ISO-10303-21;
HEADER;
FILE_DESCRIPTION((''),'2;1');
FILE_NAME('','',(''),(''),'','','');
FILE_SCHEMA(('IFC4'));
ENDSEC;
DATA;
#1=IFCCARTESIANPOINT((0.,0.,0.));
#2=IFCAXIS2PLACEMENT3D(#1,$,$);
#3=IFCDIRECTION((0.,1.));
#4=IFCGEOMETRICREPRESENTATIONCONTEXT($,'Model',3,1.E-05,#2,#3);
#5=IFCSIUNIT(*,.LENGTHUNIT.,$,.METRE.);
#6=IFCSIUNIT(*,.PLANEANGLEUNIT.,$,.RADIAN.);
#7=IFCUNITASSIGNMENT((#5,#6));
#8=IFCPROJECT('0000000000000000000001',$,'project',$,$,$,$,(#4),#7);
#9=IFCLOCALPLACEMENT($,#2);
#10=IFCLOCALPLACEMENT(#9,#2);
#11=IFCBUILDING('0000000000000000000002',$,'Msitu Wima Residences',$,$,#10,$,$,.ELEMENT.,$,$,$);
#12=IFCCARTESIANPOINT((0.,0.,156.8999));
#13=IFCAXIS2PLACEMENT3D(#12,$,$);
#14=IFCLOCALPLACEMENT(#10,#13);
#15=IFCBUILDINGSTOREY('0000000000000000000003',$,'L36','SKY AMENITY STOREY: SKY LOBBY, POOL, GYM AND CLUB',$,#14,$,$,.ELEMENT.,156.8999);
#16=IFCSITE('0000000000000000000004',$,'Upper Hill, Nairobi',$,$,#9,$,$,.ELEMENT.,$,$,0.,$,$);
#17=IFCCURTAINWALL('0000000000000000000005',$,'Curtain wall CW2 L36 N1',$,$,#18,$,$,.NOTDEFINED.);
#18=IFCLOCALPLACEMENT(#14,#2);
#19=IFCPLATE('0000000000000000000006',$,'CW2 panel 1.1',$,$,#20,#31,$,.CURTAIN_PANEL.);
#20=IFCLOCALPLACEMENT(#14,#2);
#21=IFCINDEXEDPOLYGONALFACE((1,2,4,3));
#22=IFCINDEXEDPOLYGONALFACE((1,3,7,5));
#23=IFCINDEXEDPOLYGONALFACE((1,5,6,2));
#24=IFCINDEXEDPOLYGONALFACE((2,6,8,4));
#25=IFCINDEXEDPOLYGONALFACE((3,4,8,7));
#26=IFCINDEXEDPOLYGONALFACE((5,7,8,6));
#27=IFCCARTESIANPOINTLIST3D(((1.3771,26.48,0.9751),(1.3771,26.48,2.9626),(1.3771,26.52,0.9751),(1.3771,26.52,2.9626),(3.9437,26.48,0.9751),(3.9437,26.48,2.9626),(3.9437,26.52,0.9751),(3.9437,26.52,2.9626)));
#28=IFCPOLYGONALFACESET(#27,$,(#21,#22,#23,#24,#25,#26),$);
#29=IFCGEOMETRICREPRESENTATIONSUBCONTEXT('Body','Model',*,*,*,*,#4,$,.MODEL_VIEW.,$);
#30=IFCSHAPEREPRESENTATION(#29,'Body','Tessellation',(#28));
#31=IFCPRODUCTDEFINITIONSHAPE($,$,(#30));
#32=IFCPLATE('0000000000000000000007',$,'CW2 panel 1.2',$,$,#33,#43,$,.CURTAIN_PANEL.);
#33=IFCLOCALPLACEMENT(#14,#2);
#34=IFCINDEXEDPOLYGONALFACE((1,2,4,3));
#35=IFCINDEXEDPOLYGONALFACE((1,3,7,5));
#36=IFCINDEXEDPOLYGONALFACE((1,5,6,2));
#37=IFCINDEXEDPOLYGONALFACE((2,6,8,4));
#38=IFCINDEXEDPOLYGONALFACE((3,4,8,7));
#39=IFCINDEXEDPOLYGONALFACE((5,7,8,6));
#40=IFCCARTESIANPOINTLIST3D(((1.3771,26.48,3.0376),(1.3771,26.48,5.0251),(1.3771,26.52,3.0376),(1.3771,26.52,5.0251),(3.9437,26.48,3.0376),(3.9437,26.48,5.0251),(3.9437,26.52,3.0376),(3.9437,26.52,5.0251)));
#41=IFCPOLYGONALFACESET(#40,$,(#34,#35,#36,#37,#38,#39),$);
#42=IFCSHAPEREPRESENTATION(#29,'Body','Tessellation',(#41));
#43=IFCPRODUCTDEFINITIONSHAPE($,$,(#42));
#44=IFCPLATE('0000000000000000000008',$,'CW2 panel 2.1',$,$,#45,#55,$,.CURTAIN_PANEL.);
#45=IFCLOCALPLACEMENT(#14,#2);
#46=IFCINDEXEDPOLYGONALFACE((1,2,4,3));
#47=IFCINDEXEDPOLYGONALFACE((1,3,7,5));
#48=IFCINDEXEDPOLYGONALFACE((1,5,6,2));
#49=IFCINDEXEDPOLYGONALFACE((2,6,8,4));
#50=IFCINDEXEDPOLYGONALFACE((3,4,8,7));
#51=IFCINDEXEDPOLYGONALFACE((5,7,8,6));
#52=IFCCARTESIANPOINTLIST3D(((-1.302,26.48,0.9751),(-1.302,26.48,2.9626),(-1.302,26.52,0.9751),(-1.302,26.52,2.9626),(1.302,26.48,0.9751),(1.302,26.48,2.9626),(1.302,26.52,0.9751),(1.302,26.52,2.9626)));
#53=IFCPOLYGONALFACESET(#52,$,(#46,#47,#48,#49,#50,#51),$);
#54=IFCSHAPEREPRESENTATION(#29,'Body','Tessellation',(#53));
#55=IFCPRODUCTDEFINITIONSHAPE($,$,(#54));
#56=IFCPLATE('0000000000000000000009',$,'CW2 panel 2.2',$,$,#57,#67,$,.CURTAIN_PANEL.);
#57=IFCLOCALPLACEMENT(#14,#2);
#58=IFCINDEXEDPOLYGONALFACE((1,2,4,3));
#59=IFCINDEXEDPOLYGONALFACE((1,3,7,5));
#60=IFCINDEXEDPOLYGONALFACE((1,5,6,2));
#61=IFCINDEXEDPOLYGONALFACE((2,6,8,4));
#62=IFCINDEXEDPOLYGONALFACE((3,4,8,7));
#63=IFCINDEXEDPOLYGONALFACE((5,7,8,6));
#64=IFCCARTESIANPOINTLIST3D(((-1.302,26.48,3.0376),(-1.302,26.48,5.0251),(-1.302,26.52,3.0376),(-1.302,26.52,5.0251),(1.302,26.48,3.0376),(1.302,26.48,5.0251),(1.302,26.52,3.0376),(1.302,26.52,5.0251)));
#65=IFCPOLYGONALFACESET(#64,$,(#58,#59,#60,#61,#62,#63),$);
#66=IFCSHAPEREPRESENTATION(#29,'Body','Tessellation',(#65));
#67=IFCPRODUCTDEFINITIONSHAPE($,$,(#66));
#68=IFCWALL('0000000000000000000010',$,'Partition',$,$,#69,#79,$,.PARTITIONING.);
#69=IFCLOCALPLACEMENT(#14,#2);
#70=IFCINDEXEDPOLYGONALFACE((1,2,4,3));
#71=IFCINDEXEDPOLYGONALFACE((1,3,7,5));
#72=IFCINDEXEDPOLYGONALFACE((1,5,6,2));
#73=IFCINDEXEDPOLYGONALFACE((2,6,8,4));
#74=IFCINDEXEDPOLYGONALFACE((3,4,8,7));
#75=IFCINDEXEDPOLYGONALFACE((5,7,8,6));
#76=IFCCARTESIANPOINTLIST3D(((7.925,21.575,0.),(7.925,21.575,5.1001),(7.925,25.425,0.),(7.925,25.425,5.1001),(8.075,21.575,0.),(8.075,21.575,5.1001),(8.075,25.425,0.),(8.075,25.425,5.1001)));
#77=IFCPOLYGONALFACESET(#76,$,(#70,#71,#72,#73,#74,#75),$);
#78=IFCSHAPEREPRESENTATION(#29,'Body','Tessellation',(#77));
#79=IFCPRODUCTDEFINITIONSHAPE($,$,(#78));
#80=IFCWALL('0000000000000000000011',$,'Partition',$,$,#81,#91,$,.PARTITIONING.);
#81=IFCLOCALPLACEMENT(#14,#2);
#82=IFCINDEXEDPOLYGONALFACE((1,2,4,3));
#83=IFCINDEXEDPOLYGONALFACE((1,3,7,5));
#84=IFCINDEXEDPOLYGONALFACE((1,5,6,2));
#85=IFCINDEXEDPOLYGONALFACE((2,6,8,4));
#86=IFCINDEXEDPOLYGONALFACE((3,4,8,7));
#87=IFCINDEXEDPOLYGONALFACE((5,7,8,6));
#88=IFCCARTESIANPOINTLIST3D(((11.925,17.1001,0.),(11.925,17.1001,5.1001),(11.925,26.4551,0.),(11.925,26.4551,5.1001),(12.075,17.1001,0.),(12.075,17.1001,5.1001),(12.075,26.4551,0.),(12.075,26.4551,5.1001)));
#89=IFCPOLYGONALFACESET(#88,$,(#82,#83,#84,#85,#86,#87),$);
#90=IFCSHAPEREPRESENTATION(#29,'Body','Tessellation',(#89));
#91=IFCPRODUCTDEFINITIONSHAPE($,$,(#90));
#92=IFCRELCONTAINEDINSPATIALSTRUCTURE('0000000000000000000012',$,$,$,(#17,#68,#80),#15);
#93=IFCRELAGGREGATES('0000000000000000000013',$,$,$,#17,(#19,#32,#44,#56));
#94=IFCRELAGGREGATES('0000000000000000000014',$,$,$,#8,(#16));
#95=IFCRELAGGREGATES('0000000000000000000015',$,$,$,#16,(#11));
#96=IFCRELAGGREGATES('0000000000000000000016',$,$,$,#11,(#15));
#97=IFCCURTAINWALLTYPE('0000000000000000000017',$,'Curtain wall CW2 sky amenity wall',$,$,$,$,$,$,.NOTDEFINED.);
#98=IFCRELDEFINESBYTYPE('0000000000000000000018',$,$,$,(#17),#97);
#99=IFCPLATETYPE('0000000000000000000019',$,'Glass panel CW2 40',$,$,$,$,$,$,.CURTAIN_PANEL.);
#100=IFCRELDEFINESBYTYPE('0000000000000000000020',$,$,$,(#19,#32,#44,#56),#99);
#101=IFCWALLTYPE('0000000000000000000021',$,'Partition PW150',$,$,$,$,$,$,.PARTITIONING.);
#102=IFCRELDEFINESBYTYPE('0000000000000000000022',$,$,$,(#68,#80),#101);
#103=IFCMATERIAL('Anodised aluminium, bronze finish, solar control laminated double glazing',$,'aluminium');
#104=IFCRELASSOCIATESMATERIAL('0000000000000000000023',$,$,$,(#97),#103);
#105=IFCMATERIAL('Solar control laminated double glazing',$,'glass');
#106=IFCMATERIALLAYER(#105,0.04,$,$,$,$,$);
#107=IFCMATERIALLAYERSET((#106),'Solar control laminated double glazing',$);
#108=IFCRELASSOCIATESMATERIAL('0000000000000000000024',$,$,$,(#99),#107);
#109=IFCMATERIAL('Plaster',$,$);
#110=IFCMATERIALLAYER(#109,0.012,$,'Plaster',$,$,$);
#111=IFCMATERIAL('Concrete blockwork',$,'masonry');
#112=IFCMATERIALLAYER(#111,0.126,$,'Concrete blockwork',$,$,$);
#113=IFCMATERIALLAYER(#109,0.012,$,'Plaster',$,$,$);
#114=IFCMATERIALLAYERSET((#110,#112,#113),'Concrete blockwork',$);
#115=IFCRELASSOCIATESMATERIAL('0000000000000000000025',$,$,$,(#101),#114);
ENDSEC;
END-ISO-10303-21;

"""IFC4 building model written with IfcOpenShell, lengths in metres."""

from ifc_helpers import new_model, si_unit, direction, frame, frame_2d, origin, origin_2d, place, context, subcontext, project, spatial, rectangle, extrude, material, layer, layer_set, type_object, element, aggregate, save


model = new_model("IFC4")

# Units and contexts
model_context = context("Model", 3, precision=1e-05, world=origin(), true_north=direction((0.0, 1.0)))
body_context = subcontext(model_context, "Body", "Model", "MODEL_VIEW")
ifc_project = project(units=[si_unit("LENGTHUNIT", "METRE"), si_unit("PLANEANGLEUNIT", "RADIAN")], contexts=[model_context])

# Site, building, storey
site_placement = place(None, origin())
site = spatial("IfcSite", under=ifc_project, at=site_placement, Name="Upper Hill, Nairobi", CompositionType="ELEMENT", RefElevation=0.0)
building_placement = place(site_placement, origin())
building = spatial("IfcBuilding", under=site, at=building_placement, Name="Msitu Wima Residences", CompositionType="ELEMENT")
storey_placement = place(building_placement, frame((0.0, 0.0, 156.8999)))
storey = spatial("IfcBuildingStorey", under=building, at=storey_placement, Name="L36", Description="SKY AMENITY STOREY: SKY LOBBY, POOL, GYM AND CLUB", CompositionType="ELEMENT", Elevation=156.8999)

# Curtain wall
ifc_material_1 = material(Name="Anodised aluminium, bronze finish, solar control laminated double glazing", Category="aluminium")
curtain_wall_type = type_object("IfcCurtainWallType", Name="Curtain wall CW2 sky amenity wall", PredefinedType="NOTDEFINED", material=ifc_material_1)
curtain_wall_1_placement = place(storey_placement, origin())
curtain_wall_1 = element("IfcCurtainWall", 1, at=curtain_wall_1_placement, inside=storey, type_object=curtain_wall_type, Name="Curtain wall CW2 L36 N1", PredefinedType="NOTDEFINED")

# Plates
ifc_material_2 = material(Name="Solar control laminated double glazing", Category="glass")
ifc_layer_1 = layer(ifc_material_2, 0.04)
ifc_layer_set_1 = layer_set([ifc_layer_1], Name="Solar control laminated double glazing")
plate_type = type_object("IfcPlateType", Name="Glass panel CW2 40", PredefinedType="CURTAIN_PANEL", material=ifc_layer_set_1)
plate_1_placement = place(storey_placement, frame((2.6604, 26.5, 0.9751), z_axis=(0.0, 0.0, 1.0), x_axis=(-1.0, 0.0, 0.0)))
plate_1 = element("IfcPlate", 2, at=plate_1_placement, type_object=plate_type, Name="CW2 panel 1.1", PredefinedType="CURTAIN_PANEL", context=body_context, shape_type="SweptSolid", body=[
    extrude(rectangle(XDim=2.5667, YDim=0.04, at=origin_2d()), origin(), (0.0, 0.0, 1.0), 1.9875),
])
plate_2_placement = place(storey_placement, frame((2.6604, 26.5, 3.0376), z_axis=(0.0, 0.0, 1.0), x_axis=(-1.0, 0.0, 0.0)))
plate_2 = element("IfcPlate", 3, at=plate_2_placement, type_object=plate_type, Name="CW2 panel 1.2", PredefinedType="CURTAIN_PANEL", context=body_context, shape_type="SweptSolid", body=[
    extrude(rectangle(XDim=2.5667, YDim=0.04, at=origin_2d()), origin(), (0.0, 0.0, 1.0), 1.9875),
])
plate_3_placement = place(storey_placement, frame((0.0, 26.5, 0.9751), z_axis=(0.0, 0.0, 1.0), x_axis=(-1.0, 0.0, 0.0)))
plate_3 = element("IfcPlate", 4, at=plate_3_placement, type_object=plate_type, Name="CW2 panel 2.1", PredefinedType="CURTAIN_PANEL", context=body_context, shape_type="SweptSolid", body=[
    extrude(rectangle(XDim=2.604, YDim=0.04, at=origin_2d()), origin(), (0.0, 0.0, 1.0), 1.9875),
])
plate_4_placement = place(storey_placement, frame((0.0, 26.5, 3.0376), z_axis=(0.0, 0.0, 1.0), x_axis=(-1.0, 0.0, 0.0)))
plate_4 = element("IfcPlate", 5, at=plate_4_placement, type_object=plate_type, Name="CW2 panel 2.2", PredefinedType="CURTAIN_PANEL", context=body_context, shape_type="SweptSolid", body=[
    extrude(rectangle(XDim=2.604, YDim=0.04, at=origin_2d()), origin(), (0.0, 0.0, 1.0), 1.9875),
])
aggregate(curtain_wall_1, [plate_1, plate_2, plate_3, plate_4])

# Walls
ifc_material_3 = material(Name="Plaster")
ifc_layer_2 = layer(ifc_material_3, 0.012, Name="Plaster")
ifc_material_4 = material(Name="Concrete blockwork", Category="masonry")
ifc_layer_3 = layer(ifc_material_4, 0.126, Name="Concrete blockwork")
ifc_layer_4 = layer(ifc_material_3, 0.012, Name="Plaster")
ifc_layer_set_2 = layer_set([ifc_layer_2, ifc_layer_3, ifc_layer_4], Name="Concrete blockwork")
wall_type = type_object("IfcWallType", Name="Partition PW150", PredefinedType="PARTITIONING", material=ifc_layer_set_2)
wall_1_placement = place(storey_placement, frame((8.0, 21.575, 0.0), z_axis=(0.0, 0.0, 1.0), x_axis=(0.0, 1.0, 0.0)))
element("IfcWall", 6, at=wall_1_placement, inside=storey, type_object=wall_type, Name="Partition", PredefinedType="PARTITIONING", context=body_context, shape_type="SweptSolid", body=[
    extrude(rectangle(XDim=3.8501, YDim=0.1499, at=frame_2d((1.925, 0.0))), origin(), (0.0, 0.0, 1.0), 5.1001),
])
wall_2_placement = place(storey_placement, frame((12.0, 17.1001, 0.0), z_axis=(0.0, 0.0, 1.0), x_axis=(0.0, 1.0, 0.0)))
element("IfcWall", 7, at=wall_2_placement, inside=storey, type_object=wall_type, Name="Partition", PredefinedType="PARTITIONING", context=body_context, shape_type="SweptSolid", body=[
    extrude(rectangle(XDim=9.355, YDim=0.1499, at=frame_2d((4.6775, 0.0))), origin(), (0.0, 0.0, 1.0), 5.1001),
])

save(model, "model.ifc")
